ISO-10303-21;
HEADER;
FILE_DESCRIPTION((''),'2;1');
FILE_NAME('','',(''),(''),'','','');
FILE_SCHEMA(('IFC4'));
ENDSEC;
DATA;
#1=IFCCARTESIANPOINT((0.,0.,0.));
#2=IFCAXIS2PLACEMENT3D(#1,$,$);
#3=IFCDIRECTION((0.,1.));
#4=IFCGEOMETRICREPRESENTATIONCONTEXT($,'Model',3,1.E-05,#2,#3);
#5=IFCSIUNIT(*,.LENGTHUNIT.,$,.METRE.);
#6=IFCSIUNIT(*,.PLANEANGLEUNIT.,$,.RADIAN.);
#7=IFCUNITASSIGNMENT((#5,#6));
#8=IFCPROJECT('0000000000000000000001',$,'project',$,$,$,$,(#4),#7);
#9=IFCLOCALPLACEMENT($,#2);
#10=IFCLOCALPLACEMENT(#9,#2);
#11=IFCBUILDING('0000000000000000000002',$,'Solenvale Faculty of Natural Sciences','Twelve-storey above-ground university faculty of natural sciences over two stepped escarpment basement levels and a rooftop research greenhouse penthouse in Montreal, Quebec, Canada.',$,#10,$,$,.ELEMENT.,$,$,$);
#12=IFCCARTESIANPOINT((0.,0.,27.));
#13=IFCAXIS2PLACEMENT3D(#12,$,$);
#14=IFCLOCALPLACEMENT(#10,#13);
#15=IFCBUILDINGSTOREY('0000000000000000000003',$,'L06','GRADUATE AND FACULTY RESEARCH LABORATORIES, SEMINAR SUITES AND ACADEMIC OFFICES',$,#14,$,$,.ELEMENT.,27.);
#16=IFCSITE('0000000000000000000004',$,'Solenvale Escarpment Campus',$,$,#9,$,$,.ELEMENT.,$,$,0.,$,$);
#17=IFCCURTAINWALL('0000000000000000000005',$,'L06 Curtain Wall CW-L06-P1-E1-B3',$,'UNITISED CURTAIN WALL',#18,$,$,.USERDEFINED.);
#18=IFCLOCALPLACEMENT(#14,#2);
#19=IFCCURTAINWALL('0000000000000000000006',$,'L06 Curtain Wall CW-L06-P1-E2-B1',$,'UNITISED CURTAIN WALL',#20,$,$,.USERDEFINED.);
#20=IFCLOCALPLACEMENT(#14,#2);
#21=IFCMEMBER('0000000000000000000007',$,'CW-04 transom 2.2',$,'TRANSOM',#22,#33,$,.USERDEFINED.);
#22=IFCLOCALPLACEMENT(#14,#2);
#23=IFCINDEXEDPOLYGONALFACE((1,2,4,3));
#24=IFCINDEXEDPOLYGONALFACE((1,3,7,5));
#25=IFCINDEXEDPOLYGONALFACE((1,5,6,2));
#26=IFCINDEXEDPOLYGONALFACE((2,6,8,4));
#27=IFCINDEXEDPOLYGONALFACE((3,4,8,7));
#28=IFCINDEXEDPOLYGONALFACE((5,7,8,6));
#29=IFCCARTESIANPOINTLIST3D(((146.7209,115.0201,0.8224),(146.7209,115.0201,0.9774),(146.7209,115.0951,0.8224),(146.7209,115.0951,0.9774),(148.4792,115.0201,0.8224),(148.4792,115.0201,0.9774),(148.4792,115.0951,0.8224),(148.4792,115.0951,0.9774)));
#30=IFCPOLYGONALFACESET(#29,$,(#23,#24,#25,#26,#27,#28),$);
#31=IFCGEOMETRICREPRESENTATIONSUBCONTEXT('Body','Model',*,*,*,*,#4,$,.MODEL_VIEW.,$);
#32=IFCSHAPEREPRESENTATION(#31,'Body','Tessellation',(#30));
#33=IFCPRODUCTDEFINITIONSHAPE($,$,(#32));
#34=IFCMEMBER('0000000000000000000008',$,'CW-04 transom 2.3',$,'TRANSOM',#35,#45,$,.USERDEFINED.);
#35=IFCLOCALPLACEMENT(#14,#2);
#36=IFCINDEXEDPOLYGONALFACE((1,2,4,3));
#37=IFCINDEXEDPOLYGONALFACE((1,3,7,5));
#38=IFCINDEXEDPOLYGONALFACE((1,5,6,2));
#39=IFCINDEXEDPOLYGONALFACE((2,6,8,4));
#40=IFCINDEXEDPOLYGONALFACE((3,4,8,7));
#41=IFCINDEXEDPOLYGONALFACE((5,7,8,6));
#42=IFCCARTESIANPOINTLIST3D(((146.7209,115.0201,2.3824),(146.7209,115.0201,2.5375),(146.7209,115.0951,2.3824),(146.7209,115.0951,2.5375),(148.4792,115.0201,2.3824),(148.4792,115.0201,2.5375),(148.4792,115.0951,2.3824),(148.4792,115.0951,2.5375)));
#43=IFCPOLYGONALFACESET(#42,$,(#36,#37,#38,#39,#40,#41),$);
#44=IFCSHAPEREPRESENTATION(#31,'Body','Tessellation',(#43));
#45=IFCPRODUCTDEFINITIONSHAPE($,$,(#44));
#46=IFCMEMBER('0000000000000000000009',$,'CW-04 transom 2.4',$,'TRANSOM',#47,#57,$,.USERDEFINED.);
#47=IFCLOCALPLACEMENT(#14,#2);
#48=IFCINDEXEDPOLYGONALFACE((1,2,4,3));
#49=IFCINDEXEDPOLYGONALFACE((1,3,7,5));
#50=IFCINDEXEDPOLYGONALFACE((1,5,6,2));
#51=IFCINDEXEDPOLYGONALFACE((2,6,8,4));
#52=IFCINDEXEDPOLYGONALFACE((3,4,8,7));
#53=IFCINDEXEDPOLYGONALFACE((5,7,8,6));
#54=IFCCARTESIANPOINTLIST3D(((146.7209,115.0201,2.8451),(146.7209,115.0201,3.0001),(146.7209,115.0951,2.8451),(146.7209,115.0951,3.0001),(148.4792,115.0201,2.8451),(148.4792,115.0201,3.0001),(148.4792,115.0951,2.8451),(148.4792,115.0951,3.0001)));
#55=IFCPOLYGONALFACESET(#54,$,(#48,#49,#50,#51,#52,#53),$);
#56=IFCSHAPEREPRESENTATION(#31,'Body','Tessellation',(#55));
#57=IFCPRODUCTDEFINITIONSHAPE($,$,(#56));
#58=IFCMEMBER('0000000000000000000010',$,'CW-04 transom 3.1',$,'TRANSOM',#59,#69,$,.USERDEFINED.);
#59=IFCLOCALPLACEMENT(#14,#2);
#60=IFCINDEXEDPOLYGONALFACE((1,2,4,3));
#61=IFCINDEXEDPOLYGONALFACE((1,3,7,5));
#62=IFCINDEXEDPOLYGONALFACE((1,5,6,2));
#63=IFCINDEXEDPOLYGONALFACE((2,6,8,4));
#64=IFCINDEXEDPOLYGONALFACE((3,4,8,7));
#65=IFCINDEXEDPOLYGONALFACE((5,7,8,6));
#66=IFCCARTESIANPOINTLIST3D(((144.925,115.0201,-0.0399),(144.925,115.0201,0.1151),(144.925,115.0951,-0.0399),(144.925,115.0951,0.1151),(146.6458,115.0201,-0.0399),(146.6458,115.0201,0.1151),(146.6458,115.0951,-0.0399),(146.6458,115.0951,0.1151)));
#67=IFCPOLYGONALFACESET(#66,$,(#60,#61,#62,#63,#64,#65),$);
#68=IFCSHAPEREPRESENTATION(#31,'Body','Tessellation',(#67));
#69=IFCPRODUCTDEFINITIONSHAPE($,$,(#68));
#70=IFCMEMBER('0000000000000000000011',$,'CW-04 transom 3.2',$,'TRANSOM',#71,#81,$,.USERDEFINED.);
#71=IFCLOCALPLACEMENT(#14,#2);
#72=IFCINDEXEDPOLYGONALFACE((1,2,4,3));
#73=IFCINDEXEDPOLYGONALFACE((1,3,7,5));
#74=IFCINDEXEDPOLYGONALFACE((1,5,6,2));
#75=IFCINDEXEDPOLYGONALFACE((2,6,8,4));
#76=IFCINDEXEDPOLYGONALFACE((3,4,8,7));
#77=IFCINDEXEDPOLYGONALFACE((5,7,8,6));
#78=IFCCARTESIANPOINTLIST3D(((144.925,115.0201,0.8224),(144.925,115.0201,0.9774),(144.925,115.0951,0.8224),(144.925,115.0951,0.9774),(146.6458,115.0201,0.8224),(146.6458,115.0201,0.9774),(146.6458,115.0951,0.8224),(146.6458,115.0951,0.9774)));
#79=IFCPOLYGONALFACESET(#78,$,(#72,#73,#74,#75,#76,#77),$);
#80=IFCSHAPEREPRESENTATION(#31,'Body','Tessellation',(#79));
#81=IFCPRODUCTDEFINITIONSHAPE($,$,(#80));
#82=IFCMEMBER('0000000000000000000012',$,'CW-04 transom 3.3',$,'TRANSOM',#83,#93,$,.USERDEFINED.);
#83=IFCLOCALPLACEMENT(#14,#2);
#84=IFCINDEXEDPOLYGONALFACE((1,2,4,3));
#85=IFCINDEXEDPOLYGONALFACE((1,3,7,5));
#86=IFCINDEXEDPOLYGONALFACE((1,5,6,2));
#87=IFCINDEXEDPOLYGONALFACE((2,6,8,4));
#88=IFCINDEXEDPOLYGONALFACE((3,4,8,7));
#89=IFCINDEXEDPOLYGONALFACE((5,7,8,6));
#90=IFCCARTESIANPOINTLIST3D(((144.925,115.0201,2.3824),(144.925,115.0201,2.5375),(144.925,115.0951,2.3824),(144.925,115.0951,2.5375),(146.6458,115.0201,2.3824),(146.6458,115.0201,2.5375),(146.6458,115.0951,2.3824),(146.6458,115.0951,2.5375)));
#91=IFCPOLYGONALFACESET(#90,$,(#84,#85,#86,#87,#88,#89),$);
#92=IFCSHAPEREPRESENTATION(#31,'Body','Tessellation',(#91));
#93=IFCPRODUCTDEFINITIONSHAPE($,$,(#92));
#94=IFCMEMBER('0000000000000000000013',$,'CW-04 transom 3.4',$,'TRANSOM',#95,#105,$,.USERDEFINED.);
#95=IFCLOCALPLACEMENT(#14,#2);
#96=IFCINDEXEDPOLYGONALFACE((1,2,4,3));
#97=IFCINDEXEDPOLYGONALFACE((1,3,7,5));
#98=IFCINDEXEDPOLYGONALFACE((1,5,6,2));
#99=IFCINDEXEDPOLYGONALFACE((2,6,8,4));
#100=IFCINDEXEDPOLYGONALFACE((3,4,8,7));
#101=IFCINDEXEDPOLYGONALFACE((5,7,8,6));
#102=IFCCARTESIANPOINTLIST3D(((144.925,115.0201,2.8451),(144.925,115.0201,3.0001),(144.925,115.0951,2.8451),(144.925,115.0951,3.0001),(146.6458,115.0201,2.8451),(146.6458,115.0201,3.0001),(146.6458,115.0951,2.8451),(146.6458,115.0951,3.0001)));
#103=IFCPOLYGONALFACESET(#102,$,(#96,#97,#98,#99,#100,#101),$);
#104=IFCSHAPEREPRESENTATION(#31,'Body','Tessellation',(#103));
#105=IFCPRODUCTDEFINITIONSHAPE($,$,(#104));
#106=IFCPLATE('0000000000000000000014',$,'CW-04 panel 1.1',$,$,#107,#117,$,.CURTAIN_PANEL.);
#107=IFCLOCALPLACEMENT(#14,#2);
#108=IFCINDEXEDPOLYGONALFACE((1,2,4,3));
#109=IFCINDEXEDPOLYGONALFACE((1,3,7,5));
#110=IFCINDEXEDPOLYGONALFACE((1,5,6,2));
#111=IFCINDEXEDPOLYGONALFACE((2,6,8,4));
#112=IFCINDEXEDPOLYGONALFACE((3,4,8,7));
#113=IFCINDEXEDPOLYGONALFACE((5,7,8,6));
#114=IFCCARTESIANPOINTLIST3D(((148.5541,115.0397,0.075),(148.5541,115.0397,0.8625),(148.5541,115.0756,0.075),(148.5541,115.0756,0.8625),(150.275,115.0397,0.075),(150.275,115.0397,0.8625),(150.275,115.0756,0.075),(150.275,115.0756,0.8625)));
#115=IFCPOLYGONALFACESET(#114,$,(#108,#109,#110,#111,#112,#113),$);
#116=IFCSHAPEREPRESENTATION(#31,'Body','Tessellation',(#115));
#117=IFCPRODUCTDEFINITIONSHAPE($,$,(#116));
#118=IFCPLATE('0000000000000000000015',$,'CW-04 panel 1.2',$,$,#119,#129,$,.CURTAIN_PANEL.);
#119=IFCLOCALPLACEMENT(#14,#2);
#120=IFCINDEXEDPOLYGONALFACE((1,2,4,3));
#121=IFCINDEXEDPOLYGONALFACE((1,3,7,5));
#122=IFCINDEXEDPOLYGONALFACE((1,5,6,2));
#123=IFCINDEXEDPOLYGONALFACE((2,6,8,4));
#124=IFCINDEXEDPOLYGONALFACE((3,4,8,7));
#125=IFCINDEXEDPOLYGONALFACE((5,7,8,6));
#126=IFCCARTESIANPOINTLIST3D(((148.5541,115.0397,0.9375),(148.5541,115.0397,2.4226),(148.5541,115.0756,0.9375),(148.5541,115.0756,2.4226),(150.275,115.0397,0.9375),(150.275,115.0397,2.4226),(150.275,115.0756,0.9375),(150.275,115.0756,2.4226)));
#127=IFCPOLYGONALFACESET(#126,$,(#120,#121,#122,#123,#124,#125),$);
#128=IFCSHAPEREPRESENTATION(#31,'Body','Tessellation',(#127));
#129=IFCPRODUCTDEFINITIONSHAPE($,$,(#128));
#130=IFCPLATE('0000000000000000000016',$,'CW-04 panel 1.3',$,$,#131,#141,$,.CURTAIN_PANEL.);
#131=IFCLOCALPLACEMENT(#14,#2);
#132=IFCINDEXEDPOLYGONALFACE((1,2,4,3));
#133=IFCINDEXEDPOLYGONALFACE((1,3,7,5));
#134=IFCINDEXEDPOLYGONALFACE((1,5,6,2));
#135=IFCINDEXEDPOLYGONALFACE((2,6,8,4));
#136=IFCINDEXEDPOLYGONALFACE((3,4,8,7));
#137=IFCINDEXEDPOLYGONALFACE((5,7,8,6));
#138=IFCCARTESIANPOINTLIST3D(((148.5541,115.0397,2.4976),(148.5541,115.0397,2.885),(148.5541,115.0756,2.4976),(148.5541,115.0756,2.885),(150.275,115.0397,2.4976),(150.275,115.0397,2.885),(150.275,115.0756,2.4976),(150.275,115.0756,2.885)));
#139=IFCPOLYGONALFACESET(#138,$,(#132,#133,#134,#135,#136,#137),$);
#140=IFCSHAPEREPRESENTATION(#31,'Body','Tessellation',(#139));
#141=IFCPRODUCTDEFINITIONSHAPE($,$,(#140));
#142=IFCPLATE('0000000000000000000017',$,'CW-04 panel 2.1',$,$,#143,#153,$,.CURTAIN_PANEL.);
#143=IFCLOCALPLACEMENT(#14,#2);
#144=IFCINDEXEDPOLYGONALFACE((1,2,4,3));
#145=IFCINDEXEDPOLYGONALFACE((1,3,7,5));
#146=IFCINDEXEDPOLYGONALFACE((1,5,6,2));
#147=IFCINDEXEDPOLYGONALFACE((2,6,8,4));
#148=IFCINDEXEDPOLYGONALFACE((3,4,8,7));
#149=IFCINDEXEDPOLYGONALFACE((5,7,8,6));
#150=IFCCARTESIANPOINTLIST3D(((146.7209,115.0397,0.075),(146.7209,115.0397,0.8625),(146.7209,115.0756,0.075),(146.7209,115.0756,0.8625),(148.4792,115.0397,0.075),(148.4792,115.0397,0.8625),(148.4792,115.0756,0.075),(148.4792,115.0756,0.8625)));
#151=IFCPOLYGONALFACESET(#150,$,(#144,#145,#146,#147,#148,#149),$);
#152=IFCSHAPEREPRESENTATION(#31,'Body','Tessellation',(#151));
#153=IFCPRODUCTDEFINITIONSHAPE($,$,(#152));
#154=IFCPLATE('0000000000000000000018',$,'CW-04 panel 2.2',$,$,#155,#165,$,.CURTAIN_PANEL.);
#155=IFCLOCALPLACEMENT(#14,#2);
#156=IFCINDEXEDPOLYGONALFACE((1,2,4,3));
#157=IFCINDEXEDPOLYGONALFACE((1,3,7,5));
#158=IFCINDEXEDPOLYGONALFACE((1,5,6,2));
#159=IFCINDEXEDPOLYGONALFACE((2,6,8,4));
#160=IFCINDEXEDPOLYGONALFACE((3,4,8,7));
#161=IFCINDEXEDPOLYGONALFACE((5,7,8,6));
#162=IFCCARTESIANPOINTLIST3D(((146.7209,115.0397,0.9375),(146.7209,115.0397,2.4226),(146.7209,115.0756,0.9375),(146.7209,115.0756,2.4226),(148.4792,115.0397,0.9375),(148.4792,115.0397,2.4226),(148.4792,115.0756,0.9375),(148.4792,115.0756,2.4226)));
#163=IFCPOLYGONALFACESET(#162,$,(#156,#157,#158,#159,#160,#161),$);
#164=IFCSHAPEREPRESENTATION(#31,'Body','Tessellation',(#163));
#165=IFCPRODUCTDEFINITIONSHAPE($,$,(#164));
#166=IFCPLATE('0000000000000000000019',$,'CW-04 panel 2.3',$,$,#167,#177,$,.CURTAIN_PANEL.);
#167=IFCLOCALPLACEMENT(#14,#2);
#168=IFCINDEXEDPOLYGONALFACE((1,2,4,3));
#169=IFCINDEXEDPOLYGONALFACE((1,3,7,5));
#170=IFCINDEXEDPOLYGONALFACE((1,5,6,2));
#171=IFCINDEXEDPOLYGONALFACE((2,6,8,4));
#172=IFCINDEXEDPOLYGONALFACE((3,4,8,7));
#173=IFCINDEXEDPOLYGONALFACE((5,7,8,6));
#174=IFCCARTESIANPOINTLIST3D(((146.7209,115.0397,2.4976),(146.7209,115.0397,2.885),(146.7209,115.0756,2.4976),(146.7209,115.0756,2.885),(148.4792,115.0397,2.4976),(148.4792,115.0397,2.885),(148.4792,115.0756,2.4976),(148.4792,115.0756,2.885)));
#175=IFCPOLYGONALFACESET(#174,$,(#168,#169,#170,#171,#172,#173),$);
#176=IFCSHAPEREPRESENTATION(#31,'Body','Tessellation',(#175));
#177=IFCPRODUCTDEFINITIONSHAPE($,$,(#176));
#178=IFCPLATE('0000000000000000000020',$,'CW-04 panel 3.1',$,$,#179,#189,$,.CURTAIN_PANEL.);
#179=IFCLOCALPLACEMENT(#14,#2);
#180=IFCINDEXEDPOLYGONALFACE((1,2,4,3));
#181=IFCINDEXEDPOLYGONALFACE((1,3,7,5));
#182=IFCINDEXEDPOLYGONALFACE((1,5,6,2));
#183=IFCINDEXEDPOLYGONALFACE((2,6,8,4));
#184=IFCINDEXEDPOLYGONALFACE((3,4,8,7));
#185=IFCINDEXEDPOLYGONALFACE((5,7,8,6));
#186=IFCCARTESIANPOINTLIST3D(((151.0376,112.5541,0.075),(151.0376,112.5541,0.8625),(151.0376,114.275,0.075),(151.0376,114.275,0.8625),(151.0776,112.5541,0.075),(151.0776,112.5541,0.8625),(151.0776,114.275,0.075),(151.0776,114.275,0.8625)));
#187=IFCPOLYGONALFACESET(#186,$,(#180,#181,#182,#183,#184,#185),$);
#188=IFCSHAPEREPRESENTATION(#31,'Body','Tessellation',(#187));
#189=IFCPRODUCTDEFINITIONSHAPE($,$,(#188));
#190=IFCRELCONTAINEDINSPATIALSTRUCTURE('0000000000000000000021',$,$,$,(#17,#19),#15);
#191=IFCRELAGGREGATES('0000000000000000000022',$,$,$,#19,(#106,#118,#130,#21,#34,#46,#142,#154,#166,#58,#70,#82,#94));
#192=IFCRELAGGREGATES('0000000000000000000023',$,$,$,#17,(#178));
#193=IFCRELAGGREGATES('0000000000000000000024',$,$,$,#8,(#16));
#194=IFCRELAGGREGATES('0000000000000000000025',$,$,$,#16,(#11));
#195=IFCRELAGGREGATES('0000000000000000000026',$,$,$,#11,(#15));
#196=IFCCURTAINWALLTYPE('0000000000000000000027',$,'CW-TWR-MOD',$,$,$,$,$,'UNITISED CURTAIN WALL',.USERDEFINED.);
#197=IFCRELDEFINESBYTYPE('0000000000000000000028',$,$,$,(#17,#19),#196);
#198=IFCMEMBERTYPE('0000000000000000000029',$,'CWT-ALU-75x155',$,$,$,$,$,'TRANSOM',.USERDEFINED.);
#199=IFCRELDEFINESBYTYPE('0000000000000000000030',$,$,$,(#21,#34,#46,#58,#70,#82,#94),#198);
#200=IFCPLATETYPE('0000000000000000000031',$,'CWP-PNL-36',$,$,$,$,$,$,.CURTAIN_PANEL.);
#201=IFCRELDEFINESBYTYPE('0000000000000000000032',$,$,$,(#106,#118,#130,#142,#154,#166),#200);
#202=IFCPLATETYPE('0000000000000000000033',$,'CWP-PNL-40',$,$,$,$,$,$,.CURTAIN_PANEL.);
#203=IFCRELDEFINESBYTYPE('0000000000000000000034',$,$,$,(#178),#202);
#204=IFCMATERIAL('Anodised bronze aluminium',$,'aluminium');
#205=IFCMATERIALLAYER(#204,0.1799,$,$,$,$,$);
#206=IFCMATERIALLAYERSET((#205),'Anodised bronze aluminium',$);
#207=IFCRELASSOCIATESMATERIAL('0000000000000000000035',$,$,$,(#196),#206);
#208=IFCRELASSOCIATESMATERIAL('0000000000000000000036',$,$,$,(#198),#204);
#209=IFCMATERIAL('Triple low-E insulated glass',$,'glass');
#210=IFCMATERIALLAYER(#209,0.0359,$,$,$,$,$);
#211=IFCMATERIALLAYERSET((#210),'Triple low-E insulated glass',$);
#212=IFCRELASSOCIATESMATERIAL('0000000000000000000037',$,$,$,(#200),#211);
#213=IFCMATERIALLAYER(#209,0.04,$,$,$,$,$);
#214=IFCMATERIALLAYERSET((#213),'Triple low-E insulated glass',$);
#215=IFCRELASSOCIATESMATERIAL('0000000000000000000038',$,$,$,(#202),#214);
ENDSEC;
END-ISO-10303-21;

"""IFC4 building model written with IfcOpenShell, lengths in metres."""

from ifc_helpers import new_model, si_unit, direction, frame, origin, origin_2d, place, context, subcontext, project, spatial, rectangle, extrude, material, layer, layer_set, material_profile, profile_set, type_object, element, aggregate, save


model = new_model("IFC4")

# Units and contexts
model_context = context("Model", 3, precision=1e-05, world=origin(), true_north=direction((0.0, 1.0)))
body_context = subcontext(model_context, "Body", "Model", "MODEL_VIEW")
ifc_project = project(units=[si_unit("LENGTHUNIT", "METRE"), si_unit("PLANEANGLEUNIT", "RADIAN")], contexts=[model_context])

# Site, building, storey
site_placement = place(None, origin())
site = spatial("IfcSite", under=ifc_project, at=site_placement, Name="Solenvale Escarpment Campus", CompositionType="ELEMENT", RefElevation=0.0)
building_placement = place(site_placement, origin())
building = spatial("IfcBuilding", under=site, at=building_placement, Name="Solenvale Faculty of Natural Sciences", Description="Twelve-storey above-ground university faculty of natural sciences over two stepped escarpment basement levels and a rooftop research greenhouse penthouse in Montreal, Quebec, Canada.", CompositionType="ELEMENT")
storey_placement = place(building_placement, frame((0.0, 0.0, 27.0)))
storey = spatial("IfcBuildingStorey", under=building, at=storey_placement, Name="L06", Description="GRADUATE AND FACULTY RESEARCH LABORATORIES, SEMINAR SUITES AND ACADEMIC OFFICES", CompositionType="ELEMENT", Elevation=27.0)

# Curtain wall
ifc_material_1 = material(Name="Anodised bronze aluminium", Category="aluminium")
ifc_layer_1 = layer(ifc_material_1, 0.1799)
ifc_layer_set_1 = layer_set([ifc_layer_1], Name="Anodised bronze aluminium")
curtain_wall_type = type_object("IfcCurtainWallType", Name="CW-TWR-MOD", ElementType="UNITISED CURTAIN WALL", PredefinedType="USERDEFINED", material=ifc_layer_set_1)
curtain_wall_1_placement = place(storey_placement, origin())
curtain_wall_1 = element("IfcCurtainWall", 1, at=curtain_wall_1_placement, inside=storey, type_object=curtain_wall_type, Name="L06 Curtain Wall CW-L06-P1-E1-B3", ObjectType="UNITISED CURTAIN WALL", PredefinedType="USERDEFINED")

# Curtain wall
curtain_wall_2_placement = place(storey_placement, origin())
curtain_wall_2 = element("IfcCurtainWall", 2, at=curtain_wall_2_placement, inside=storey, type_object=curtain_wall_type, Name="L06 Curtain Wall CW-L06-P1-E2-B1", ObjectType="UNITISED CURTAIN WALL", PredefinedType="USERDEFINED")

# Members
ifc_material_profile_1 = material_profile(ifc_material_1, rectangle(XDim=0.075, YDim=0.155, at=origin_2d()), Name="ALU-TRN-75x155")
ifc_profile_set_1 = profile_set([ifc_material_profile_1], Name="Anodised bronze aluminium")
member_type_1 = type_object("IfcMemberType", Name="CWT-ALU-75x155", ElementType="TRANSOM", PredefinedType="USERDEFINED", material=ifc_profile_set_1)
member_1_placement = place(storey_placement, frame((148.4792, 115.0576, 0.8999), z_axis=(-1.0, 0.0, 0.0), x_axis=(0.0, -1.0, 0.0)))
member_1 = element("IfcMember", 3, at=member_1_placement, type_object=member_type_1, Name="CW-04 transom 2.2", ObjectType="TRANSOM", PredefinedType="USERDEFINED", context=body_context, shape_type="SweptSolid", body=[
    extrude(rectangle(XDim=0.075, YDim=0.155, at=origin_2d()), origin(), (0.0, 0.0, 1.0), 1.7583),
])
member_2_placement = place(storey_placement, frame((148.4792, 115.0576, 2.46), z_axis=(-1.0, 0.0, 0.0), x_axis=(0.0, -1.0, 0.0)))
member_2 = element("IfcMember", 4, at=member_2_placement, type_object=member_type_1, Name="CW-04 transom 2.3", ObjectType="TRANSOM", PredefinedType="USERDEFINED", context=body_context, shape_type="SweptSolid", body=[
    extrude(rectangle(XDim=0.075, YDim=0.155, at=origin_2d()), origin(), (0.0, 0.0, 1.0), 1.7583),
])
member_3_placement = place(storey_placement, frame((148.4792, 115.0576, 2.9226), z_axis=(-1.0, 0.0, 0.0), x_axis=(0.0, -1.0, 0.0)))
member_3 = element("IfcMember", 5, at=member_3_placement, type_object=member_type_1, Name="CW-04 transom 2.4", ObjectType="TRANSOM", PredefinedType="USERDEFINED", context=body_context, shape_type="SweptSolid", body=[
    extrude(rectangle(XDim=0.075, YDim=0.155, at=origin_2d()), origin(), (0.0, 0.0, 1.0), 1.7583),
])
member_4_placement = place(storey_placement, frame((146.6458, 115.0576, 0.0376), z_axis=(-1.0, 0.0, 0.0), x_axis=(0.0, -1.0, 0.0)))
member_4 = element("IfcMember", 6, at=member_4_placement, type_object=member_type_1, Name="CW-04 transom 3.1", ObjectType="TRANSOM", PredefinedType="USERDEFINED", context=body_context, shape_type="SweptSolid", body=[
    extrude(rectangle(XDim=0.075, YDim=0.155, at=origin_2d()), origin(), (0.0, 0.0, 1.0), 1.7207),
])
member_5_placement = place(storey_placement, frame((146.6458, 115.0576, 0.8999), z_axis=(-1.0, 0.0, 0.0), x_axis=(0.0, -1.0, 0.0)))
member_5 = element("IfcMember", 7, at=member_5_placement, type_object=member_type_1, Name="CW-04 transom 3.2", ObjectType="TRANSOM", PredefinedType="USERDEFINED", context=body_context, shape_type="SweptSolid", body=[
    extrude(rectangle(XDim=0.075, YDim=0.155, at=origin_2d()), origin(), (0.0, 0.0, 1.0), 1.7207),
])
member_6_placement = place(storey_placement, frame((146.6458, 115.0576, 2.46), z_axis=(-1.0, 0.0, 0.0), x_axis=(0.0, -1.0, 0.0)))
member_6 = element("IfcMember", 8, at=member_6_placement, type_object=member_type_1, Name="CW-04 transom 3.3", ObjectType="TRANSOM", PredefinedType="USERDEFINED", context=body_context, shape_type="SweptSolid", body=[
    extrude(rectangle(XDim=0.075, YDim=0.155, at=origin_2d()), origin(), (0.0, 0.0, 1.0), 1.7207),
])
member_7_placement = place(storey_placement, frame((146.6458, 115.0576, 2.9226), z_axis=(-1.0, 0.0, 0.0), x_axis=(0.0, -1.0, 0.0)))
member_7 = element("IfcMember", 9, at=member_7_placement, type_object=member_type_1, Name="CW-04 transom 3.4", ObjectType="TRANSOM", PredefinedType="USERDEFINED", context=body_context, shape_type="SweptSolid", body=[
    extrude(rectangle(XDim=0.075, YDim=0.155, at=origin_2d()), origin(), (0.0, 0.0, 1.0), 1.7207),
])

# Plates
ifc_material_2 = material(Name="Triple low-E insulated glass", Category="glass")
ifc_layer_2 = layer(ifc_material_2, 0.0359)
ifc_layer_set_2 = layer_set([ifc_layer_2], Name="Triple low-E insulated glass")
plate_type_1 = type_object("IfcPlateType", Name="CWP-PNL-36", PredefinedType="CURTAIN_PANEL", material=ifc_layer_set_2)
plate_1_placement = place(storey_placement, frame((149.4146, 115.0576, 0.075), z_axis=(0.0, 0.0, 1.0), x_axis=(-1.0, 0.0, 0.0)))
plate_1 = element("IfcPlate", 10, at=plate_1_placement, type_object=plate_type_1, Name="CW-04 panel 1.1", PredefinedType="CURTAIN_PANEL", context=body_context, shape_type="SweptSolid", body=[
    extrude(rectangle(XDim=1.7209, YDim=0.0359, at=origin_2d()), origin(), (0.0, 0.0, 1.0), 0.7876),
])
plate_2_placement = place(storey_placement, frame((149.4146, 115.0576, 0.9375), z_axis=(0.0, 0.0, 1.0), x_axis=(-1.0, 0.0, 0.0)))
plate_2 = element("IfcPlate", 11, at=plate_2_placement, type_object=plate_type_1, Name="CW-04 panel 1.2", PredefinedType="CURTAIN_PANEL", context=body_context, shape_type="SweptSolid", body=[
    extrude(rectangle(XDim=1.7209, YDim=0.0359, at=origin_2d()), origin(), (0.0, 0.0, 1.0), 1.4851),
])
plate_3_placement = place(storey_placement, frame((149.4146, 115.0576, 2.4976), z_axis=(0.0, 0.0, 1.0), x_axis=(-1.0, 0.0, 0.0)))
plate_3 = element("IfcPlate", 12, at=plate_3_placement, type_object=plate_type_1, Name="CW-04 panel 1.3", PredefinedType="CURTAIN_PANEL", context=body_context, shape_type="SweptSolid", body=[
    extrude(rectangle(XDim=1.7209, YDim=0.0359, at=origin_2d()), origin(), (0.0, 0.0, 1.0), 0.3875),
])
plate_4_placement = place(storey_placement, frame((147.6001, 115.0576, 0.075), z_axis=(0.0, 0.0, 1.0), x_axis=(-1.0, 0.0, 0.0)))
plate_4 = element("IfcPlate", 13, at=plate_4_placement, type_object=plate_type_1, Name="CW-04 panel 2.1", PredefinedType="CURTAIN_PANEL", context=body_context, shape_type="SweptSolid", body=[
    extrude(rectangle(XDim=1.7583, YDim=0.0359, at=origin_2d()), origin(), (0.0, 0.0, 1.0), 0.7876),
])
plate_5_placement = place(storey_placement, frame((147.6001, 115.0576, 0.9375), z_axis=(0.0, 0.0, 1.0), x_axis=(-1.0, 0.0, 0.0)))
plate_5 = element("IfcPlate", 14, at=plate_5_placement, type_object=plate_type_1, Name="CW-04 panel 2.2", PredefinedType="CURTAIN_PANEL", context=body_context, shape_type="SweptSolid", body=[
    extrude(rectangle(XDim=1.7583, YDim=0.0359, at=origin_2d()), origin(), (0.0, 0.0, 1.0), 1.4851),
])
plate_6_placement = place(storey_placement, frame((147.6001, 115.0576, 2.4976), z_axis=(0.0, 0.0, 1.0), x_axis=(-1.0, 0.0, 0.0)))
plate_6 = element("IfcPlate", 15, at=plate_6_placement, type_object=plate_type_1, Name="CW-04 panel 2.3", PredefinedType="CURTAIN_PANEL", context=body_context, shape_type="SweptSolid", body=[
    extrude(rectangle(XDim=1.7583, YDim=0.0359, at=origin_2d()), origin(), (0.0, 0.0, 1.0), 0.3875),
])
aggregate(curtain_wall_2, [plate_1, plate_2, plate_3, member_1, member_2, member_3, plate_4, plate_5, plate_6, member_4, member_5, member_6, member_7])
ifc_layer_3 = layer(ifc_material_2, 0.04)
ifc_layer_set_3 = layer_set([ifc_layer_3], Name="Triple low-E insulated glass")
plate_type_2 = type_object("IfcPlateType", Name="CWP-PNL-40", PredefinedType="CURTAIN_PANEL", material=ifc_layer_set_3)
plate_7_placement = place(storey_placement, frame((151.0576, 113.4146, 0.075), z_axis=(0.0, 0.0, 1.0), x_axis=(0.0, 1.0, 0.0)))
plate_7 = element("IfcPlate", 16, at=plate_7_placement, type_object=plate_type_2, Name="CW-04 panel 3.1", PredefinedType="CURTAIN_PANEL", context=body_context, shape_type="SweptSolid", body=[
    extrude(rectangle(XDim=1.7209, YDim=0.04, at=origin_2d()), origin(), (0.0, 0.0, 1.0), 0.7876),
])
aggregate(curtain_wall_1, [plate_7])

save(model, "model.ifc")
